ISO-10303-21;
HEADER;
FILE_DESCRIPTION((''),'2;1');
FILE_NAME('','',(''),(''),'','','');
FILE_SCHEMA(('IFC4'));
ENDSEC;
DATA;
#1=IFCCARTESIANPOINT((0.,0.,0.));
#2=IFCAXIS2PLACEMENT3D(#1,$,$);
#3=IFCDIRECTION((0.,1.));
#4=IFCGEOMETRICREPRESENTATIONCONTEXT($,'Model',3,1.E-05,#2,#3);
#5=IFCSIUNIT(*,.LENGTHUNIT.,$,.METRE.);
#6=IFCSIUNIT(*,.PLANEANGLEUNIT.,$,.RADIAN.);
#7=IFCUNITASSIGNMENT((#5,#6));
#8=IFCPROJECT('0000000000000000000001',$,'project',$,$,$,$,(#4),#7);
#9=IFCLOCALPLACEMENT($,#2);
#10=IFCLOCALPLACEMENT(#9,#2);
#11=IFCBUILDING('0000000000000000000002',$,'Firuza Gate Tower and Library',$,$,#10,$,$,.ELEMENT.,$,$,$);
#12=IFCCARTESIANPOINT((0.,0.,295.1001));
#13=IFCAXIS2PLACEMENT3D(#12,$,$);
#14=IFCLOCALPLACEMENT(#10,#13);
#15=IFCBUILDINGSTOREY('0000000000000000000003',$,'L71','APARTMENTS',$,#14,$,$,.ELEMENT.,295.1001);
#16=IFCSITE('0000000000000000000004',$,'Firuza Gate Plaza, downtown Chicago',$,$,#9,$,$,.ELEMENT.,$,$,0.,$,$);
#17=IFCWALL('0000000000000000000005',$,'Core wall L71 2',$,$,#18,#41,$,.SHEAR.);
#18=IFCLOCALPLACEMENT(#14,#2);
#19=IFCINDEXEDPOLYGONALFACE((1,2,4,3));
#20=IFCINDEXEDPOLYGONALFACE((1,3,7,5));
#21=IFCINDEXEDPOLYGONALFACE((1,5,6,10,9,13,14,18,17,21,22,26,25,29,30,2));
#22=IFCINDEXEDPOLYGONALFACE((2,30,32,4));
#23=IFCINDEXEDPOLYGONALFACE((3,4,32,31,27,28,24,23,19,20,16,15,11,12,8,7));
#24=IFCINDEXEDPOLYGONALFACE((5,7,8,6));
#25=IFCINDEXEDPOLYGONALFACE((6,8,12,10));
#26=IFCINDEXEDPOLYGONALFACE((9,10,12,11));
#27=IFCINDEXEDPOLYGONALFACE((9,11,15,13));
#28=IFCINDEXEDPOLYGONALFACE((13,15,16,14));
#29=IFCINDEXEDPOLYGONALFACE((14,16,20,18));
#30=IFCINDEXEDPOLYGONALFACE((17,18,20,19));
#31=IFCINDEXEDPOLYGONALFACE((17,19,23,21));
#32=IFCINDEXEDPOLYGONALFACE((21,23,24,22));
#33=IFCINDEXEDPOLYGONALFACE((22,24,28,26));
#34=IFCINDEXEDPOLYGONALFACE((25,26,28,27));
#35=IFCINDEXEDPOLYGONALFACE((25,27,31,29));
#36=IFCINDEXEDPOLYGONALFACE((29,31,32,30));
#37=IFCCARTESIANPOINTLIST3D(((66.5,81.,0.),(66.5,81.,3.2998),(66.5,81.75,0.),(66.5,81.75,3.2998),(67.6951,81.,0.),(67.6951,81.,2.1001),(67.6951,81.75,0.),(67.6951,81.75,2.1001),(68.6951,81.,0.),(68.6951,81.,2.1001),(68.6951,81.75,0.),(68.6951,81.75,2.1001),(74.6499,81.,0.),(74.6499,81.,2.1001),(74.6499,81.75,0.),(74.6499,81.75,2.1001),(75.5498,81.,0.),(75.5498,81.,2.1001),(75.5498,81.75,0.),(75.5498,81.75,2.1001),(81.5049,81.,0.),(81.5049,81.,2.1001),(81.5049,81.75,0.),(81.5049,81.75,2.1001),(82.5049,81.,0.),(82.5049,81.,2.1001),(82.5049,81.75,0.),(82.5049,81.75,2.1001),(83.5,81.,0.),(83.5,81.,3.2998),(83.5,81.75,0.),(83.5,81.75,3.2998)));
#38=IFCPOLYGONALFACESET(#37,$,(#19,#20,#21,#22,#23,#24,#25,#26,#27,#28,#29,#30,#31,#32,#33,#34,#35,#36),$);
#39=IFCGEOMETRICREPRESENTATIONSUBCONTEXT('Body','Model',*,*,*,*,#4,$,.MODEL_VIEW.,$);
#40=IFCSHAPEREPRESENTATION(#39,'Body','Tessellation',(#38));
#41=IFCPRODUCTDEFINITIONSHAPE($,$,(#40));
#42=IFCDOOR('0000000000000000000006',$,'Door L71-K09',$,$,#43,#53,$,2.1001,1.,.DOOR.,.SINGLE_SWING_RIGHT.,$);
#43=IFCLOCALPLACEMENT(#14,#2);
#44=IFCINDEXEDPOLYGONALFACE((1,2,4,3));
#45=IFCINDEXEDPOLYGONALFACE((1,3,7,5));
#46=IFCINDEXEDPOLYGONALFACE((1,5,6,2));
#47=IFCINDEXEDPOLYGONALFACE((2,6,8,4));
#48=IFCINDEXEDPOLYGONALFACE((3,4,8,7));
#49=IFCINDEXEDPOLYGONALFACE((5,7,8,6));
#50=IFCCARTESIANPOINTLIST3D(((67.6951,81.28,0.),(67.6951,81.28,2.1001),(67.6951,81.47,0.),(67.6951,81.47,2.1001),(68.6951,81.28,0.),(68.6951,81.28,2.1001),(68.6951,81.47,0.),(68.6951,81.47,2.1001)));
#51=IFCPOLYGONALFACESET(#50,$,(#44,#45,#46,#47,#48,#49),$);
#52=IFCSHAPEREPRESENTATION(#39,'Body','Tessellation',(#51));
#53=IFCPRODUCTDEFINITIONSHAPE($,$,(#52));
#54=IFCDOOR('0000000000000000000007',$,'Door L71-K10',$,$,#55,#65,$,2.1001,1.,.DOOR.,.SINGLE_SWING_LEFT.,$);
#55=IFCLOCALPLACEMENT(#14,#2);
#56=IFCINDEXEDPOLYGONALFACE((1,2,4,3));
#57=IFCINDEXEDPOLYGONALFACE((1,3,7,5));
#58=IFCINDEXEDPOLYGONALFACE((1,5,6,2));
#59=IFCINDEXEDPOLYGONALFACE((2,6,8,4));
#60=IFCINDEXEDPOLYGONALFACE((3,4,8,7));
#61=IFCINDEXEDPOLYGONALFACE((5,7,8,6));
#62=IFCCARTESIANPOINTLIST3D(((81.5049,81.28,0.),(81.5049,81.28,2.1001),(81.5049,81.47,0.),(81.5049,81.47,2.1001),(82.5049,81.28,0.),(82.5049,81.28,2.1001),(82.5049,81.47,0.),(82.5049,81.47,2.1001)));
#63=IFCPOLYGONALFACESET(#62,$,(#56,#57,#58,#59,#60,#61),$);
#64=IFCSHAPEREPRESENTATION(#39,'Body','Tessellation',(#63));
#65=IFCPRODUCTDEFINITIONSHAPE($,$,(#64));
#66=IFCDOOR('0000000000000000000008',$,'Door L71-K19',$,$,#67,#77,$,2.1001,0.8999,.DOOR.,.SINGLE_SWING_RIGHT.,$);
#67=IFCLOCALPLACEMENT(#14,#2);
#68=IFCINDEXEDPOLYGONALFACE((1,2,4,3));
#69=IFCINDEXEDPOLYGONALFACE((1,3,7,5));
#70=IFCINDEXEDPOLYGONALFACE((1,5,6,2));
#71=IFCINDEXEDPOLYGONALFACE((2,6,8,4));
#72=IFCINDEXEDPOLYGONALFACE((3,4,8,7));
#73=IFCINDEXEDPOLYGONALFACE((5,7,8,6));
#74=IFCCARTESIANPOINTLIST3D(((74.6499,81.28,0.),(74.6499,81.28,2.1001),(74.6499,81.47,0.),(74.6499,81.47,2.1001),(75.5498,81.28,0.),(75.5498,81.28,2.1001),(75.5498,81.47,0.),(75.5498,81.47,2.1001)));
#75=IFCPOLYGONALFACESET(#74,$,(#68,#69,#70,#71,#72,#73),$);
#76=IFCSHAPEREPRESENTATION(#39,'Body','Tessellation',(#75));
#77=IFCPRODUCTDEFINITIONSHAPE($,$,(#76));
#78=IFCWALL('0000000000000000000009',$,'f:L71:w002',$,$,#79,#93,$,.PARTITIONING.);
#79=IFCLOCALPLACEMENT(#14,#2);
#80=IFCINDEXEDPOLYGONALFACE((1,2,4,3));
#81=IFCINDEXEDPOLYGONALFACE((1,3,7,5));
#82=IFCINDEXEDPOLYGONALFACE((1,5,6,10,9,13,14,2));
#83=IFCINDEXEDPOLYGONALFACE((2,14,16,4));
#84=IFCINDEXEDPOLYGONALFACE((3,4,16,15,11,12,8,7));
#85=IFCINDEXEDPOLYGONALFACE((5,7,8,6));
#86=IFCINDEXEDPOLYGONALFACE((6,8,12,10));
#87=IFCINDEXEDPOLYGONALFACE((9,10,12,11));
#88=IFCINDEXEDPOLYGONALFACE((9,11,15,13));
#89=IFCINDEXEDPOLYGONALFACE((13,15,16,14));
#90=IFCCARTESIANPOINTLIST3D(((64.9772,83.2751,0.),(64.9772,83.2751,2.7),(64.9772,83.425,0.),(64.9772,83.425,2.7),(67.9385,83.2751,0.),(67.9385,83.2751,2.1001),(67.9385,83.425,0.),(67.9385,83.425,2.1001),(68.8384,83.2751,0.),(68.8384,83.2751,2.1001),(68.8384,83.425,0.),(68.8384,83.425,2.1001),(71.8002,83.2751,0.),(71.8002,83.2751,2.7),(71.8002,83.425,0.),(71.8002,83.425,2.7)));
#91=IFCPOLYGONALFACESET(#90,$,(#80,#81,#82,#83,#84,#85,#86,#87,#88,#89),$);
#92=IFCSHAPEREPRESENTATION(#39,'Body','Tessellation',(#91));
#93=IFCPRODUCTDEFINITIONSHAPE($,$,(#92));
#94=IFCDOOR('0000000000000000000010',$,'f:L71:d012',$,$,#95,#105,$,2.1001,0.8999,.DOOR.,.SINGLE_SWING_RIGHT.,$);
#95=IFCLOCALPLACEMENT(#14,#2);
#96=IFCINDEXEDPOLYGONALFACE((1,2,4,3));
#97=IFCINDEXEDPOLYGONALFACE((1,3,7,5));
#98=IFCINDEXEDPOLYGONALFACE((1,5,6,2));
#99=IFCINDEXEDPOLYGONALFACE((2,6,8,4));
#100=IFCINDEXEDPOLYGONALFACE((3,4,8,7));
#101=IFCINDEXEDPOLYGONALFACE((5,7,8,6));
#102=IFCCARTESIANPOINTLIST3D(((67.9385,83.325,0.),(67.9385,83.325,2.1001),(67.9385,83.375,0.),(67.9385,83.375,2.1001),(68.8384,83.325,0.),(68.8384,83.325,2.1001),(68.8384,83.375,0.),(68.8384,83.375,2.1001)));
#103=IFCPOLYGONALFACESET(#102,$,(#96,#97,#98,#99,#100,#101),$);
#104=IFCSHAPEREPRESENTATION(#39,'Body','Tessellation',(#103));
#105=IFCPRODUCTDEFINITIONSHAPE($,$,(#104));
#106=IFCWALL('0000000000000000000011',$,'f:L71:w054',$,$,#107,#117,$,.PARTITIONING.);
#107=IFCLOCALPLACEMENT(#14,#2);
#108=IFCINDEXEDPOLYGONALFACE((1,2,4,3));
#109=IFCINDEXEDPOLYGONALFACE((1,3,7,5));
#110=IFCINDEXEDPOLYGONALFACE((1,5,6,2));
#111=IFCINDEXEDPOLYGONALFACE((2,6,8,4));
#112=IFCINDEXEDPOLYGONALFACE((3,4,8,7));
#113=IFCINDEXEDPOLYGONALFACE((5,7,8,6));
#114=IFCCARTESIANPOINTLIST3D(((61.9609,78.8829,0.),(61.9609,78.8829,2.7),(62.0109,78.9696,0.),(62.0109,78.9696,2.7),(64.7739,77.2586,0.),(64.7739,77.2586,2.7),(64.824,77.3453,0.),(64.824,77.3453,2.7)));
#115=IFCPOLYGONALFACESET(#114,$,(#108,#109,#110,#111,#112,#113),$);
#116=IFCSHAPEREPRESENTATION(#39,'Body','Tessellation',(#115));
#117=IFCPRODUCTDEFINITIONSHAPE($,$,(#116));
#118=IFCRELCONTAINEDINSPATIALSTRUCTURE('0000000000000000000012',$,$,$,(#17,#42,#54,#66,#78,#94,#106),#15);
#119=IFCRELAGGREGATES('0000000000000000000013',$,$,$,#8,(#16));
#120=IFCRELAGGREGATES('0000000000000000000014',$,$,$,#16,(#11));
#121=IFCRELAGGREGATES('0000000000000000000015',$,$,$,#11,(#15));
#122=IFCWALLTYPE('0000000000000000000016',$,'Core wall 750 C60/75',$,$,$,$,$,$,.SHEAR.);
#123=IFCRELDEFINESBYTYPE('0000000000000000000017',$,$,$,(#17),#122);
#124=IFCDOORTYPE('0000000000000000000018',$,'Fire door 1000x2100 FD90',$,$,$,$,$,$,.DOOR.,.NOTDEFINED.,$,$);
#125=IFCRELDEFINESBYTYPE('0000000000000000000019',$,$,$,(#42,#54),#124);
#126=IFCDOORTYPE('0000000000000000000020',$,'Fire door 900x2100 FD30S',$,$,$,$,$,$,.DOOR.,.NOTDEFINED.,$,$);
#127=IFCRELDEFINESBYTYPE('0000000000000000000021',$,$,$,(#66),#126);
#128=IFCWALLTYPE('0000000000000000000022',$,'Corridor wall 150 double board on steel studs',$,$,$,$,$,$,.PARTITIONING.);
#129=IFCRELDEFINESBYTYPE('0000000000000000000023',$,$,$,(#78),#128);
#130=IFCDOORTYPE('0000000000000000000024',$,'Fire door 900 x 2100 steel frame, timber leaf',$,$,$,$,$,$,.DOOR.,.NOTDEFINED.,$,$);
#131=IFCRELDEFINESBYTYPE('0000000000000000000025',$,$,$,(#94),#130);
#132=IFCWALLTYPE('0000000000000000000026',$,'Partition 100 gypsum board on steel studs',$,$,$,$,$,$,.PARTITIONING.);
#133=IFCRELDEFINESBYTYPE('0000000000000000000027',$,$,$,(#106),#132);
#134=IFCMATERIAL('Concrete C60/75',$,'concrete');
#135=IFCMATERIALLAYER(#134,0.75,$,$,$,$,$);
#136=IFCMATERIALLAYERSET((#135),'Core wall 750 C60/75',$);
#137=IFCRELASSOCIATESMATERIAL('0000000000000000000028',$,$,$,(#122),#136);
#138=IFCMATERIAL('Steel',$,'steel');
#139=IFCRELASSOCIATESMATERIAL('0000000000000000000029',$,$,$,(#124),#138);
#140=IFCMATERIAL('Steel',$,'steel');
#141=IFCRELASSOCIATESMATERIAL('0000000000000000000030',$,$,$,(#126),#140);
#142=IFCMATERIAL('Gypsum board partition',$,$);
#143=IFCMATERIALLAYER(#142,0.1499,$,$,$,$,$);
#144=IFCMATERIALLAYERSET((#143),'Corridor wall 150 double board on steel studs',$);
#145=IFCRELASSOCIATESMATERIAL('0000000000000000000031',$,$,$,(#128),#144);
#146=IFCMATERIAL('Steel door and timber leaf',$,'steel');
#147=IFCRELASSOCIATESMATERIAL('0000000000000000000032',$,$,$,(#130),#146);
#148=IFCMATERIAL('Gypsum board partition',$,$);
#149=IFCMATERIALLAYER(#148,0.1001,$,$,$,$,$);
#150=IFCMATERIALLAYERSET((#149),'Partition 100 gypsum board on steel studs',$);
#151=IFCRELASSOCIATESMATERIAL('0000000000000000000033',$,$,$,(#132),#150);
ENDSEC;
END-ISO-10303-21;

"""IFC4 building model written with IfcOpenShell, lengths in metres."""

from ifc_helpers import new_model, si_unit, direction, frame, frame_2d, origin, place, context, subcontext, project, spatial, rectangle, extrude, material, layer, layer_set, type_object, element, fill, save


model = new_model("IFC4")

# Units and contexts
model_context = context("Model", 3, precision=1e-05, world=origin(), true_north=direction((0.0, 1.0)))
body_context = subcontext(model_context, "Body", "Model", "MODEL_VIEW")
ifc_project = project(units=[si_unit("LENGTHUNIT", "METRE"), si_unit("PLANEANGLEUNIT", "RADIAN")], contexts=[model_context])

# Site, building, storey
site_placement = place(None, origin())
site = spatial("IfcSite", under=ifc_project, at=site_placement, Name="Firuza Gate Plaza, downtown Chicago", CompositionType="ELEMENT", RefElevation=0.0)
building_placement = place(site_placement, origin())
building = spatial("IfcBuilding", under=site, at=building_placement, Name="Firuza Gate Tower and Library", CompositionType="ELEMENT")
storey_placement = place(building_placement, frame((0.0, 0.0, 295.1001)))
storey = spatial("IfcBuildingStorey", under=building, at=storey_placement, Name="L71", Description="APARTMENTS", CompositionType="ELEMENT", Elevation=295.1001)

# Wall, openings, doors
ifc_material_1 = material(Name="Concrete C60/75", Category="concrete")
ifc_layer_1 = layer(ifc_material_1, 0.75)
ifc_layer_set_1 = layer_set([ifc_layer_1], Name="Core wall 750 C60/75")
wall_type_1 = type_object("IfcWallType", Name="Core wall 750 C60/75", PredefinedType="SHEAR", material=ifc_layer_set_1)
wall_1_placement = place(storey_placement, frame((66.5, 81.375, 0.0), z_axis=(0.0, 0.0, 1.0), x_axis=(1.0, 0.0, 0.0)))
wall_1 = element("IfcWall", 1, at=wall_1_placement, inside=storey, type_object=wall_type_1, Name="Core wall L71 2", PredefinedType="SHEAR", context=body_context, shape_type="SweptSolid", body=[
    extrude(rectangle(XDim=17.0, YDim=0.75, at=frame_2d((8.5, 0.0))), origin(), (0.0, 0.0, 1.0), 3.2998),
])
opening_1_placement = place(wall_1_placement, frame((1.1951, 0.0, 0.0)))
opening_1 = element("IfcOpeningElement", 2, at=opening_1_placement, cuts=wall_1, PredefinedType="OPENING", context=body_context, shape_type="SweptSolid", body=[
    extrude(rectangle(XDim=1.0, YDim=2.1001, at=frame_2d((0.5, 1.05))), frame((0.0, 0.385, 0.0), z_axis=(0.0, -1.0, 0.0), x_axis=(1.0, 0.0, 0.0)), (0.0, 0.0, 1.0), 0.77),
])
opening_2_placement = place(wall_1_placement, frame((15.0049, 0.0, 0.0)))
opening_2 = element("IfcOpeningElement", 3, at=opening_2_placement, cuts=wall_1, PredefinedType="OPENING", context=body_context, shape_type="SweptSolid", body=[
    extrude(rectangle(XDim=1.0, YDim=2.1001, at=frame_2d((0.5, 1.05))), frame((0.0, 0.385, 0.0), z_axis=(0.0, -1.0, 0.0), x_axis=(1.0, 0.0, 0.0)), (0.0, 0.0, 1.0), 0.77),
])
opening_3_placement = place(wall_1_placement, frame((8.1499, 0.0, 0.0)))
opening_3 = element("IfcOpeningElement", 4, at=opening_3_placement, cuts=wall_1, PredefinedType="OPENING", context=body_context, shape_type="SweptSolid", body=[
    extrude(rectangle(XDim=0.8999, YDim=2.1001, at=frame_2d((0.45, 1.05))), frame((0.0, 0.385, 0.0), z_axis=(0.0, -1.0, 0.0), x_axis=(1.0, 0.0, 0.0)), (0.0, 0.0, 1.0), 0.77),
])
ifc_material_2 = material(Name="Steel", Category="steel")
door_type_1 = type_object("IfcDoorType", Name="Fire door 1000x2100 FD90", OperationType="NOTDEFINED", PredefinedType="DOOR", material=ifc_material_2)
door_1_placement = place(opening_1_placement, origin())
door_1 = element("IfcDoor", 5, at=door_1_placement, inside=storey, type_object=door_type_1, Name="Door L71-K09", OperationType="SINGLE_SWING_RIGHT", OverallHeight=2.1001, OverallWidth=1.0, PredefinedType="DOOR", context=body_context, shape_type="SweptSolid", body=[
    extrude(rectangle(XDim=1.0, YDim=2.1001, at=frame_2d((0.5, 1.05))), frame((0.0, 0.095, 0.0), z_axis=(0.0, -1.0, 0.0), x_axis=(1.0, 0.0, 0.0)), (0.0, 0.0, 1.0), 0.1899),
])
fill(opening_1, door_1)
door_2_placement = place(opening_2_placement, origin())
door_2 = element("IfcDoor", 6, at=door_2_placement, inside=storey, type_object=door_type_1, Name="Door L71-K10", OperationType="SINGLE_SWING_LEFT", OverallHeight=2.1001, OverallWidth=1.0, PredefinedType="DOOR", context=body_context, shape_type="SweptSolid", body=[
    extrude(rectangle(XDim=1.0, YDim=2.1001, at=frame_2d((0.5, 1.05))), frame((0.0, 0.095, 0.0), z_axis=(0.0, -1.0, 0.0), x_axis=(1.0, 0.0, 0.0)), (0.0, 0.0, 1.0), 0.1899),
])
fill(opening_2, door_2)
ifc_material_3 = material(Name="Steel", Category="steel")
door_type_2 = type_object("IfcDoorType", Name="Fire door 900x2100 FD30S", OperationType="NOTDEFINED", PredefinedType="DOOR", material=ifc_material_3)
door_3_placement = place(opening_3_placement, origin())
door_3 = element("IfcDoor", 7, at=door_3_placement, inside=storey, type_object=door_type_2, Name="Door L71-K19", OperationType="SINGLE_SWING_RIGHT", OverallHeight=2.1001, OverallWidth=0.8999, PredefinedType="DOOR", context=body_context, shape_type="SweptSolid", body=[
    extrude(rectangle(XDim=0.8999, YDim=2.1001, at=frame_2d((0.45, 1.05))), frame((0.0, 0.095, 0.0), z_axis=(0.0, -1.0, 0.0), x_axis=(1.0, 0.0, 0.0)), (0.0, 0.0, 1.0), 0.1899),
])
fill(opening_3, door_3)

# Wall, opening, door
ifc_material_4 = material(Name="Gypsum board partition")
ifc_layer_2 = layer(ifc_material_4, 0.1499)
ifc_layer_set_2 = layer_set([ifc_layer_2], Name="Corridor wall 150 double board on steel studs")
wall_type_2 = type_object("IfcWallType", Name="Corridor wall 150 double board on steel studs", PredefinedType="PARTITIONING", material=ifc_layer_set_2)
wall_2_placement = place(storey_placement, frame((64.9771, 83.3501, 0.0), z_axis=(0.0, 0.0, 1.0), x_axis=(1.0, 0.0, 0.0)))
wall_2 = element("IfcWall", 8, at=wall_2_placement, inside=storey, type_object=wall_type_2, Name="f:L71:w002", PredefinedType="PARTITIONING", context=body_context, shape_type="SweptSolid", body=[
    extrude(rectangle(XDim=6.823, YDim=0.1499, at=frame_2d((3.4116, 0.0))), origin(), (0.0, 0.0, 1.0), 2.7),
])
opening_4_placement = place(wall_2_placement, frame((2.9614, 0.0, 0.0)))
opening_4 = element("IfcOpeningElement", 9, at=opening_4_placement, cuts=wall_2, PredefinedType="OPENING", context=body_context, shape_type="SweptSolid", body=[
    extrude(rectangle(XDim=0.8999, YDim=2.1001, at=frame_2d((0.45, 1.05))), frame((0.0, 0.085, 0.0), z_axis=(0.0, -1.0, 0.0), x_axis=(1.0, 0.0, 0.0)), (0.0, 0.0, 1.0), 0.1699),
])
ifc_material_5 = material(Name="Steel door and timber leaf", Category="steel")
door_type_3 = type_object("IfcDoorType", Name="Fire door 900 x 2100 steel frame, timber leaf", OperationType="NOTDEFINED", PredefinedType="DOOR", material=ifc_material_5)
door_4_placement = place(opening_4_placement, origin())
door_4 = element("IfcDoor", 10, at=door_4_placement, inside=storey, type_object=door_type_3, Name="f:L71:d012", OperationType="SINGLE_SWING_RIGHT", OverallHeight=2.1001, OverallWidth=0.8999, PredefinedType="DOOR", context=body_context, shape_type="SweptSolid", body=[
    extrude(rectangle(XDim=0.8999, YDim=2.1001, at=frame_2d((0.45, 1.05))), frame((0.0, 0.0249, 0.0), z_axis=(0.0, -1.0, 0.0), x_axis=(1.0, 0.0, 0.0)), (0.0, 0.0, 1.0), 0.05),
])
fill(opening_4, door_4)

# Wall
ifc_material_6 = material(Name="Gypsum board partition")
ifc_layer_3 = layer(ifc_material_6, 0.1001)
ifc_layer_set_3 = layer_set([ifc_layer_3], Name="Partition 100 gypsum board on steel studs")
wall_type_3 = type_object("IfcWallType", Name="Partition 100 gypsum board on steel studs", PredefinedType="PARTITIONING", material=ifc_layer_set_3)
wall_3_placement = place(storey_placement, frame((64.7988, 77.302, 0.0), z_axis=(0.0, 0.0, 1.0), x_axis=(-0.866, 0.500043, 0.0)))
element("IfcWall", 11, at=wall_3_placement, inside=storey, type_object=wall_type_3, Name="f:L71:w054", PredefinedType="PARTITIONING", context=body_context, shape_type="SweptSolid", body=[
    extrude(rectangle(XDim=3.2483, YDim=0.1001, at=frame_2d((1.624, 0.0))), origin(), (0.0, 0.0, 1.0), 2.7),
])

save(model, "model.ifc")
